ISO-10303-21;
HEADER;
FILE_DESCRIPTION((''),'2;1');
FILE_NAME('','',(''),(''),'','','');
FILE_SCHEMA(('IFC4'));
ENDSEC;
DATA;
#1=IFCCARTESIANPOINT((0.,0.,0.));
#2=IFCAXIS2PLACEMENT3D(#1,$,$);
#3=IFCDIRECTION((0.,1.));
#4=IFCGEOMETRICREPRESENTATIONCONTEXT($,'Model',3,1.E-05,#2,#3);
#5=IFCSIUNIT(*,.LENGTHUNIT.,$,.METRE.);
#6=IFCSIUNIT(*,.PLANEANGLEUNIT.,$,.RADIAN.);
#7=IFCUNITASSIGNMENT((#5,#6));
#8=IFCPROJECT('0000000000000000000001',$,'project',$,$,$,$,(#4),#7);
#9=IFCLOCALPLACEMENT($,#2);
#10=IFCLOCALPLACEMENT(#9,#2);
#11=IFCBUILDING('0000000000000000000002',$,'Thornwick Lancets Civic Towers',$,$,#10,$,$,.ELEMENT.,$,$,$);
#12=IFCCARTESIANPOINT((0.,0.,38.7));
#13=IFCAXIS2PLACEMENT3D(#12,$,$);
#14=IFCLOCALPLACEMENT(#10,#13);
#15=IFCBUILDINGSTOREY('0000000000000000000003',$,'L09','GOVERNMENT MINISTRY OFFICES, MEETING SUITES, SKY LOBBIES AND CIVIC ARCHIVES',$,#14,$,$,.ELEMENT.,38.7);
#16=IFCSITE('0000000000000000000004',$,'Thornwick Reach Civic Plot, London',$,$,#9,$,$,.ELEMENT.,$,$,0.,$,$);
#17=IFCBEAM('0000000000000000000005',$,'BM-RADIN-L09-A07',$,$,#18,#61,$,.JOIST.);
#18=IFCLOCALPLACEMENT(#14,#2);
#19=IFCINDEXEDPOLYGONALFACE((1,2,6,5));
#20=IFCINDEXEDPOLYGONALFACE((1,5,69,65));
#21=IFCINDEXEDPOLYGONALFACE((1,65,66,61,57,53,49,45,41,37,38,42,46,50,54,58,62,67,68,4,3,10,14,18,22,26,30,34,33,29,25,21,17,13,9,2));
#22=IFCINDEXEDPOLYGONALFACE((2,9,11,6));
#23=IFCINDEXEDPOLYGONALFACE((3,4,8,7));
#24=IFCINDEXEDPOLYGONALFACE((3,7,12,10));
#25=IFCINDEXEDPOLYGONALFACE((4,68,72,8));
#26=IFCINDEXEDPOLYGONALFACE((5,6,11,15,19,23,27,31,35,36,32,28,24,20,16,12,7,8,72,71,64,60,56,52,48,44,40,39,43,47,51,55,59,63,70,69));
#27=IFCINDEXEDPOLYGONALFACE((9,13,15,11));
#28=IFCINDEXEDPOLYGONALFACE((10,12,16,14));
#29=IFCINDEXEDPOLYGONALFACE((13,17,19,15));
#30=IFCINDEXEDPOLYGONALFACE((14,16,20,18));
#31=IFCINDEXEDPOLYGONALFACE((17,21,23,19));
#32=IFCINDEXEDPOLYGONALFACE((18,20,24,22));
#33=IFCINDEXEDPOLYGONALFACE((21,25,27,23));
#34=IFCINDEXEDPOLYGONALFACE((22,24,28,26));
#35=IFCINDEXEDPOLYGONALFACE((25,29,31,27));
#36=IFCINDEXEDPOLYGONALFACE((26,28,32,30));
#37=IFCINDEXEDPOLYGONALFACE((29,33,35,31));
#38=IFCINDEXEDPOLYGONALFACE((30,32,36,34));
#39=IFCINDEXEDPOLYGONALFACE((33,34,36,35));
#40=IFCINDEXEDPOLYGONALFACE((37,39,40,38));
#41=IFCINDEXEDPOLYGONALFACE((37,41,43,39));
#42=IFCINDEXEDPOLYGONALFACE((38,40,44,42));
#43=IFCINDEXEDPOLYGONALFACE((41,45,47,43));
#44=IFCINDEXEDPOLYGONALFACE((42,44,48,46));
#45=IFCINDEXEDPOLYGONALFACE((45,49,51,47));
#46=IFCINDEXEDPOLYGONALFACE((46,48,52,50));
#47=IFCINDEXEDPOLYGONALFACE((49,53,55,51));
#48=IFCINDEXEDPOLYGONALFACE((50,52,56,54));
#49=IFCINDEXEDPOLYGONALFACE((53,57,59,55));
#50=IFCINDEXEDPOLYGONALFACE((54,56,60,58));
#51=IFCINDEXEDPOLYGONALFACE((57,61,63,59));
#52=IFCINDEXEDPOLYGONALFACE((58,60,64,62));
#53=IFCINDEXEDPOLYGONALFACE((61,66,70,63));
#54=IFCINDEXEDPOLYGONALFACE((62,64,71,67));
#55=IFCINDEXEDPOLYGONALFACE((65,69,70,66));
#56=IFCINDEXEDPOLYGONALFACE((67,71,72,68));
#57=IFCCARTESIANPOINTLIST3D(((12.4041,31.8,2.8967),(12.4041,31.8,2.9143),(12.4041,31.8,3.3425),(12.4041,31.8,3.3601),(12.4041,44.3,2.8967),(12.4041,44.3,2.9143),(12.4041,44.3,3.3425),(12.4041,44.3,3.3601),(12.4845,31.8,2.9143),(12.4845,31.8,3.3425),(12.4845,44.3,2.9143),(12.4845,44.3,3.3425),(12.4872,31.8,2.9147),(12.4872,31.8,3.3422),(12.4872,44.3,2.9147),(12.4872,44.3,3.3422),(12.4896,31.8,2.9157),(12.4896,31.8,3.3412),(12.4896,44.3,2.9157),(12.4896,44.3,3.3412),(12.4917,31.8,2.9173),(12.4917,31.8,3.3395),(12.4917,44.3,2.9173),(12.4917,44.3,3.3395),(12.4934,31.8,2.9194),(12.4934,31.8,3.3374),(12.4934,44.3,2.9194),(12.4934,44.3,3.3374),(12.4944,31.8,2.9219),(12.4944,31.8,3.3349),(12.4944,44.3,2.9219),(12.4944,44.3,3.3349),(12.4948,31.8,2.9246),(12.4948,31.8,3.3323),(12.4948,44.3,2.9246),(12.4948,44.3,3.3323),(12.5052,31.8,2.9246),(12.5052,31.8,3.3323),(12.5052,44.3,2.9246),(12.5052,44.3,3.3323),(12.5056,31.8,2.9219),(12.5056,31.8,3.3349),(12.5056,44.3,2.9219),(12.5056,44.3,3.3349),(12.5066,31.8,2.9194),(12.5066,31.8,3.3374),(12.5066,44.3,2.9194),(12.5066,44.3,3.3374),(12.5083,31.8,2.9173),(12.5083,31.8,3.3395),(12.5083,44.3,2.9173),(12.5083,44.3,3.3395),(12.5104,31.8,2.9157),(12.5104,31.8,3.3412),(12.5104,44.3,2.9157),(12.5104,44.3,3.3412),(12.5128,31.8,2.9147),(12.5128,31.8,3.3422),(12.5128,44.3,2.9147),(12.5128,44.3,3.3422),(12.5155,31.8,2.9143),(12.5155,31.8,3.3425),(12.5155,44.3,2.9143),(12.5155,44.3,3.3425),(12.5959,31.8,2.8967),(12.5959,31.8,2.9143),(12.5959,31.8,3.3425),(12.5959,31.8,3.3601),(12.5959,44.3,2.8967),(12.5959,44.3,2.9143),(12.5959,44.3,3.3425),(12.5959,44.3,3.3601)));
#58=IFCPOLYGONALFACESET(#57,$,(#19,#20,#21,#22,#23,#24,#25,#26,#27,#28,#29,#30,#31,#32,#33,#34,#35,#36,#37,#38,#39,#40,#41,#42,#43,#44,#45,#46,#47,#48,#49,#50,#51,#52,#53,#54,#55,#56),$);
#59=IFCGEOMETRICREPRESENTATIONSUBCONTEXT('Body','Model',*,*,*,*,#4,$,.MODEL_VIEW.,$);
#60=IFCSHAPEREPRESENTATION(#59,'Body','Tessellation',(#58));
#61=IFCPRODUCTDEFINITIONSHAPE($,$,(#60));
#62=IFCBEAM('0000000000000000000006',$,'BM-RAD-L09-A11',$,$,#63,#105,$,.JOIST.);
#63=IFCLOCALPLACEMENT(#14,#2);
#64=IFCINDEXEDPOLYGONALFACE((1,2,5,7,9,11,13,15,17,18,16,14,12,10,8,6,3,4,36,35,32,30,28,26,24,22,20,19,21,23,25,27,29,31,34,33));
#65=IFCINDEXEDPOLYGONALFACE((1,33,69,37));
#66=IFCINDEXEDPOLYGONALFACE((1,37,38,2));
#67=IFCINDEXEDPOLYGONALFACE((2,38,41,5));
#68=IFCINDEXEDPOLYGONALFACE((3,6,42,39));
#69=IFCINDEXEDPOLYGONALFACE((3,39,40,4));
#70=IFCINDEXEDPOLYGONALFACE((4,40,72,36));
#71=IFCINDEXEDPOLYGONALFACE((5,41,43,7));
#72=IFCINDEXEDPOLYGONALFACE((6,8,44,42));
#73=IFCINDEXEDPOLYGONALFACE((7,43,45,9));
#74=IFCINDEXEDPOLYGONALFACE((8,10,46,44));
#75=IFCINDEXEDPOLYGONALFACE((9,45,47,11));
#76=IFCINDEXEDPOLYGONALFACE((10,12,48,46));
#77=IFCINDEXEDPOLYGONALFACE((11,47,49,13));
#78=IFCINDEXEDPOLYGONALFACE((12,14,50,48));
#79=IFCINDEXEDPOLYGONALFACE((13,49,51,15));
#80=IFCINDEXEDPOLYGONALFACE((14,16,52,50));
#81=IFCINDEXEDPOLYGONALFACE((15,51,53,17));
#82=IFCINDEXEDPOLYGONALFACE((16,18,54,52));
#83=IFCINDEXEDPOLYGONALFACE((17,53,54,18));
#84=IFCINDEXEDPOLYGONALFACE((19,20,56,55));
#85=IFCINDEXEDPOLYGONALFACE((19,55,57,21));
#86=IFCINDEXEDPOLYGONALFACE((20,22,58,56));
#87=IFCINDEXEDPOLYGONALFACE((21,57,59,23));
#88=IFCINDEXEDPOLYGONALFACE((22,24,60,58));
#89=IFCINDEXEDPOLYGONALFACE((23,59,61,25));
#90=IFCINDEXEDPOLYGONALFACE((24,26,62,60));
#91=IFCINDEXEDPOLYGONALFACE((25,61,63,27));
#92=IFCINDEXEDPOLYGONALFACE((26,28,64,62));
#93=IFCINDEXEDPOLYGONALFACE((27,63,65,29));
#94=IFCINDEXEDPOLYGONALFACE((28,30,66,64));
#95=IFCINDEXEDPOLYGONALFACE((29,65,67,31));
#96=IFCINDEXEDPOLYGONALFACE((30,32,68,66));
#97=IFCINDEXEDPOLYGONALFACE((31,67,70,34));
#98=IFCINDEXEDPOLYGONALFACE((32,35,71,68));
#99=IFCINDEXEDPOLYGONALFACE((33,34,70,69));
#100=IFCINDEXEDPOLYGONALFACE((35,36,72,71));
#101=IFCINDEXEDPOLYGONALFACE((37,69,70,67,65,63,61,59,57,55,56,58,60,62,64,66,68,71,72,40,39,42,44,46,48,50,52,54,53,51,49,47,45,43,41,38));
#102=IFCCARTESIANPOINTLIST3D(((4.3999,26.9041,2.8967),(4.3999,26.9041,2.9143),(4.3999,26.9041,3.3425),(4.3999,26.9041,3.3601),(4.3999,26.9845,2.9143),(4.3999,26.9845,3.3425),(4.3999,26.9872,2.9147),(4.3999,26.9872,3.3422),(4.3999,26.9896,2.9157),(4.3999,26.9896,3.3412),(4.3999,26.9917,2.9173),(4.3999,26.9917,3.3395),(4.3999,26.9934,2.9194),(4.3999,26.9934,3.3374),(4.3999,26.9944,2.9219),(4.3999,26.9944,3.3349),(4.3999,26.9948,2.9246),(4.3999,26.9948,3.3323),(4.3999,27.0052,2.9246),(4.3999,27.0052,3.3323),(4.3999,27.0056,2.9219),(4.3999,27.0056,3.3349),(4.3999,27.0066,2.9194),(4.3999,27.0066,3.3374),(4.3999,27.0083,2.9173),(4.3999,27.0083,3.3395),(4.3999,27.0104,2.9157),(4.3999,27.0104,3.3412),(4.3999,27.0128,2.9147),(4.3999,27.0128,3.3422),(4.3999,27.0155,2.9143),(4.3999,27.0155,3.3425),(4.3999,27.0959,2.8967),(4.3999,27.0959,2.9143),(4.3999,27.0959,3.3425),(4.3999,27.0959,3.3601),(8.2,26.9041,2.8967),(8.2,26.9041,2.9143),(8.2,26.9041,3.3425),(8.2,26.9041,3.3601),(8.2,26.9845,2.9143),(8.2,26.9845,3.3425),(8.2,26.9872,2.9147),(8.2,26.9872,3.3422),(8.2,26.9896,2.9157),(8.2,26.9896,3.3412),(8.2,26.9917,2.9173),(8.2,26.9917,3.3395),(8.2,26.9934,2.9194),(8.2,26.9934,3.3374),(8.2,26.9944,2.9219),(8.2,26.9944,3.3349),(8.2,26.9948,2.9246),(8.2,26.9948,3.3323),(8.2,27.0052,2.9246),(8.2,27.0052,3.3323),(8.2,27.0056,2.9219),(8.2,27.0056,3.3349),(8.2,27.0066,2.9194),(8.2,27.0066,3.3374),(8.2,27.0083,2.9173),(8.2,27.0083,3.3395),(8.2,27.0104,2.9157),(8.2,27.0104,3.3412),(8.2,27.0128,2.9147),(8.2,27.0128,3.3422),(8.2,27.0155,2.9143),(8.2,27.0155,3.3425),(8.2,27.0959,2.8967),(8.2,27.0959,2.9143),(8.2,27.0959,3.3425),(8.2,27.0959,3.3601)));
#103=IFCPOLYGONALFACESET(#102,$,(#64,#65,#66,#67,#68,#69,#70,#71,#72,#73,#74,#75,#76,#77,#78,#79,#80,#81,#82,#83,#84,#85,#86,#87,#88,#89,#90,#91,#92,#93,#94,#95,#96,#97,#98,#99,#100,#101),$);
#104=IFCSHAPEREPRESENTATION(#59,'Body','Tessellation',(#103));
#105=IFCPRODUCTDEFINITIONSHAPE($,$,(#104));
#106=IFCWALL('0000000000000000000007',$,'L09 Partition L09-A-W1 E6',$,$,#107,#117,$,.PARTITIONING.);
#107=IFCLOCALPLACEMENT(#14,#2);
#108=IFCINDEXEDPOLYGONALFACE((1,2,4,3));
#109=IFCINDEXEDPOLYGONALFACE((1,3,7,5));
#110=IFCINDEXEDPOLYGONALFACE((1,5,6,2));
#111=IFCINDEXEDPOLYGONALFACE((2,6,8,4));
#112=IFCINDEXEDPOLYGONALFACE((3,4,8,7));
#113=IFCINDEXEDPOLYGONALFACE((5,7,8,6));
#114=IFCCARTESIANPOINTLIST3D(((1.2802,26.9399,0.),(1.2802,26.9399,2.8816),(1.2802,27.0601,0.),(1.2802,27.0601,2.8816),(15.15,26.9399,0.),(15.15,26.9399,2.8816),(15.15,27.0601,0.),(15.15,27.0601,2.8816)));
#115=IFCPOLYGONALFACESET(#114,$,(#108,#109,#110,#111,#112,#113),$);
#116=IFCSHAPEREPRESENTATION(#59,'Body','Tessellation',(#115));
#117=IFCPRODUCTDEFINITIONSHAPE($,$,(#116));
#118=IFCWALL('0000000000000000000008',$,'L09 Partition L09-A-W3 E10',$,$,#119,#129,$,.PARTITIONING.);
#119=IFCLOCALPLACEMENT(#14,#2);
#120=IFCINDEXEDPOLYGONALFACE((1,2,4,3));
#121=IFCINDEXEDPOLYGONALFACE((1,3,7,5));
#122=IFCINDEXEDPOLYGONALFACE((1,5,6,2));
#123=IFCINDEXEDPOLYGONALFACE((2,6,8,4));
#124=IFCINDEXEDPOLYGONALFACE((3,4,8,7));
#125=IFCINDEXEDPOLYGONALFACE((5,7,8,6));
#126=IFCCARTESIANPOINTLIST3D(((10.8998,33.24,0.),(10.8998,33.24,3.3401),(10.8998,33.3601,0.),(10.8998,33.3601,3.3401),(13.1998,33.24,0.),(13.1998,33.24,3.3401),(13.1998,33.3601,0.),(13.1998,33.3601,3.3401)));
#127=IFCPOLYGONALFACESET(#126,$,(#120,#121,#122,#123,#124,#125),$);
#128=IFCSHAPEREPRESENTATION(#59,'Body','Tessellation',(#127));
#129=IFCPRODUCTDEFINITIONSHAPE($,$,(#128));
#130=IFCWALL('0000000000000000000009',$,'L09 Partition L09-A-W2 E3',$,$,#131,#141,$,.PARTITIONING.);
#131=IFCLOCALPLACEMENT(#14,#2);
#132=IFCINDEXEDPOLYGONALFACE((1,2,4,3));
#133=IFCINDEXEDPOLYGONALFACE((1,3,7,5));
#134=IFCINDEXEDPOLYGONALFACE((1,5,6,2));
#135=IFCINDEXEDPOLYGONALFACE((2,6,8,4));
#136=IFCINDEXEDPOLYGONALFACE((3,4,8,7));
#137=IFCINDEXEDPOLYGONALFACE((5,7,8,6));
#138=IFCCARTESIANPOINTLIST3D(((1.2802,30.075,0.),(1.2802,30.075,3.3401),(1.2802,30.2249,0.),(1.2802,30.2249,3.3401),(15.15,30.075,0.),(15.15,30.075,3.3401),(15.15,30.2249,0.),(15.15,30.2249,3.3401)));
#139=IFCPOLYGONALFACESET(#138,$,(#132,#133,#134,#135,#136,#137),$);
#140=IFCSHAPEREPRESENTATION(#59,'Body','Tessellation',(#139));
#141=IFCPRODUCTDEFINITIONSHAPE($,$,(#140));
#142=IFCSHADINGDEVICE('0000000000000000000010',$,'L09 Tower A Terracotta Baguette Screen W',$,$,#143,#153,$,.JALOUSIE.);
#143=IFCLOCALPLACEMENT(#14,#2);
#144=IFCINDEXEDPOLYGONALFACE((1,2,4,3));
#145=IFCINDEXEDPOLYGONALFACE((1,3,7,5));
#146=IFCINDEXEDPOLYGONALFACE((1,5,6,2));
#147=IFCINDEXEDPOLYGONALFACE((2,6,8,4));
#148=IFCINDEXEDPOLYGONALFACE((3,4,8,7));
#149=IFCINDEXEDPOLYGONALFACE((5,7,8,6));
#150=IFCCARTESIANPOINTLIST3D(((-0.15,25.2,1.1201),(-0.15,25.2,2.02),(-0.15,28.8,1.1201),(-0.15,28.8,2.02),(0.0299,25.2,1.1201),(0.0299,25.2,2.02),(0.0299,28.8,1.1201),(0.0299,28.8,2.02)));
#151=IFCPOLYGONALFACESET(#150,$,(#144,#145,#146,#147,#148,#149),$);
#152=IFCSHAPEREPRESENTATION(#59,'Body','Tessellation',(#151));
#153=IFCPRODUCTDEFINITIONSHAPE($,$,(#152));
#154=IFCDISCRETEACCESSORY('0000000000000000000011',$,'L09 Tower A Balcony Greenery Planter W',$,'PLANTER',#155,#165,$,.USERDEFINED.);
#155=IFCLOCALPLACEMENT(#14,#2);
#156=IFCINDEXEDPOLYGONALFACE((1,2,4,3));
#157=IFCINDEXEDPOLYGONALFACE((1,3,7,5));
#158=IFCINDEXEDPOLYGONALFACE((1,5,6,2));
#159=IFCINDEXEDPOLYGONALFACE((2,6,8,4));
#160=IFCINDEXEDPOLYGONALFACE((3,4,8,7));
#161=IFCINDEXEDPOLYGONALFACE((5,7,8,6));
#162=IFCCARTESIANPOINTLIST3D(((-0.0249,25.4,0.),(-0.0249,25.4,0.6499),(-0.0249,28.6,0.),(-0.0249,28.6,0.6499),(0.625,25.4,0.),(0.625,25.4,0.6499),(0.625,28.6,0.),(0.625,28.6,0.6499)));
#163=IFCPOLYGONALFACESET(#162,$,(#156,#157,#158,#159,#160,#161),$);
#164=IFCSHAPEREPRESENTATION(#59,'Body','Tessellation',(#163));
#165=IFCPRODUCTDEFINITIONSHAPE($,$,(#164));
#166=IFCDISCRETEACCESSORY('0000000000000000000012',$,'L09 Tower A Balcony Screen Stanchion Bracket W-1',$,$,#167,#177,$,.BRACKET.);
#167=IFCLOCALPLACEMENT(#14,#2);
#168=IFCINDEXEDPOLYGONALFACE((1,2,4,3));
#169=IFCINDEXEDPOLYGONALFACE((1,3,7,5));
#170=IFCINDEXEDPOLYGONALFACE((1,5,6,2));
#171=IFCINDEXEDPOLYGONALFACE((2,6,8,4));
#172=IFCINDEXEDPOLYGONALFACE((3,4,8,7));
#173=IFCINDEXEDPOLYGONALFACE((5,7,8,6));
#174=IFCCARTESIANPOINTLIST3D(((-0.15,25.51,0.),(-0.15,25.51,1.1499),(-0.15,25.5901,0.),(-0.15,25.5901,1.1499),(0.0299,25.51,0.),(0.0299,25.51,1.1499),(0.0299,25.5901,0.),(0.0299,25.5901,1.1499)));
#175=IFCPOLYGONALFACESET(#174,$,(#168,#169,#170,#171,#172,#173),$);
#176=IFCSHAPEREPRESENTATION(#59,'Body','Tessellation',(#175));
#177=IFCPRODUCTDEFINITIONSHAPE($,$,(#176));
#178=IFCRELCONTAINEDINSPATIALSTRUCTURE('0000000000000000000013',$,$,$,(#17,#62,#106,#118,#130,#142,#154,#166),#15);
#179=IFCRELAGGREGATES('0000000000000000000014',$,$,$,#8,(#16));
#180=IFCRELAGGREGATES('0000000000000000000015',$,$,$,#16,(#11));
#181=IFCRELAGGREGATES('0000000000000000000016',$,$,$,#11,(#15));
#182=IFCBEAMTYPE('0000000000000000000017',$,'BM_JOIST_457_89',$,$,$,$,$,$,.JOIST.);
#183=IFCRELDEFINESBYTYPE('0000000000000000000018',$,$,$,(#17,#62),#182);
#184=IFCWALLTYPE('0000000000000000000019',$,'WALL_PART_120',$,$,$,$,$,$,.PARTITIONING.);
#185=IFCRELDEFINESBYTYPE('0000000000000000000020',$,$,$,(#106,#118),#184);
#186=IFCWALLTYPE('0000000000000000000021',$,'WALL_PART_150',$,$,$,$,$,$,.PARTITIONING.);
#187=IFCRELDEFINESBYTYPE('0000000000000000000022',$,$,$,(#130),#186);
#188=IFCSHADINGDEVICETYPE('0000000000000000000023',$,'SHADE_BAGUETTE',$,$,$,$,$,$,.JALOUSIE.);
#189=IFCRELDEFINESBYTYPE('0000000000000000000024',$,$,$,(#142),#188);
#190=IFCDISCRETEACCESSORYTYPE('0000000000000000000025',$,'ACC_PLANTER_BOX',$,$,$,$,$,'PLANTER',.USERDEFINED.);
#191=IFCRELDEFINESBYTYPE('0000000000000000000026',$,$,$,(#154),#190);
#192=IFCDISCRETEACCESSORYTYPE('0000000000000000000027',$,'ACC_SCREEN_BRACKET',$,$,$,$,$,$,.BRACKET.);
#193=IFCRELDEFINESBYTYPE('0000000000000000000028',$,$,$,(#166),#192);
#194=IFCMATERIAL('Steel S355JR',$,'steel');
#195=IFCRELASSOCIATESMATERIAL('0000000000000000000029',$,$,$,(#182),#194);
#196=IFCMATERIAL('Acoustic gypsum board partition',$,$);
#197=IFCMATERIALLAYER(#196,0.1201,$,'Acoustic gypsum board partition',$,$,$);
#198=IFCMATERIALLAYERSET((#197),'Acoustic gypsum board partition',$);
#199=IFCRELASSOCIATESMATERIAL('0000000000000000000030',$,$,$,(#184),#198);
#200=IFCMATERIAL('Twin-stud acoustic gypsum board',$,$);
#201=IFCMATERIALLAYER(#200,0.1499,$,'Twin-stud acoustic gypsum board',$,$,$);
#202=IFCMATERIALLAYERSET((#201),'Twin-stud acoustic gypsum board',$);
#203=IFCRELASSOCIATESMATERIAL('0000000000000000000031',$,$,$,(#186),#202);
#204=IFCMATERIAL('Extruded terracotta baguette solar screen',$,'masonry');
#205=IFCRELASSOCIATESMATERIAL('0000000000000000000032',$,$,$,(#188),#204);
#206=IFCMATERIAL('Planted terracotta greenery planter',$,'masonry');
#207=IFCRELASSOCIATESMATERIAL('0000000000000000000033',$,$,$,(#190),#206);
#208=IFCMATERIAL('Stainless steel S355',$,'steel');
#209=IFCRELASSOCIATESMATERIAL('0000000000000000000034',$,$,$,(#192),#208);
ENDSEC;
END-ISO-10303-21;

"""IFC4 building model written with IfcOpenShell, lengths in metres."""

from ifc_helpers import new_model, si_unit, direction, frame, frame_2d, origin, origin_2d, place, context, subcontext, project, spatial, rectangle, i_section, extrude, material, layer, layer_set, material_profile, profile_set, type_object, element, save


model = new_model("IFC4")

# Units and contexts
model_context = context("Model", 3, precision=1e-05, world=origin(), true_north=direction((0.0, 1.0)))
body_context = subcontext(model_context, "Body", "Model", "MODEL_VIEW")
ifc_project = project(units=[si_unit("LENGTHUNIT", "METRE"), si_unit("PLANEANGLEUNIT", "RADIAN")], contexts=[model_context])

# Site, building, storey
site_placement = place(None, origin())
site = spatial("IfcSite", under=ifc_project, at=site_placement, Name="Thornwick Reach Civic Plot, London", CompositionType="ELEMENT", RefElevation=0.0)
building_placement = place(site_placement, origin())
building = spatial("IfcBuilding", under=site, at=building_placement, Name="Thornwick Lancets Civic Towers", CompositionType="ELEMENT")
storey_placement = place(building_placement, frame((0.0, 0.0, 38.7)))
storey = spatial("IfcBuildingStorey", under=building, at=storey_placement, Name="L09", Description="GOVERNMENT MINISTRY OFFICES, MEETING SUITES, SKY LOBBIES AND CIVIC ARCHIVES", CompositionType="ELEMENT", Elevation=38.7)

# Beams
ifc_material_1 = material(Name="Steel S355JR", Category="steel")
ifc_material_profile_1 = material_profile(ifc_material_1, i_section(OverallWidth=0.1919, OverallDepth=0.4634, WebThickness=0.0105, FlangeThickness=0.0176, FilletRadius=0.0103, at=origin_2d()), Name="UKB 457x191x89")
ifc_profile_set_1 = profile_set([ifc_material_profile_1], Name="Steel S355JR")
beam_type_1 = type_object("IfcBeamType", Name="BM_JOIST_457_89", PredefinedType="JOIST", material=ifc_profile_set_1)
beam_1_placement = place(storey_placement, frame((12.5, 31.8, 3.1284), z_axis=(0.0, 1.0, 0.0), x_axis=(-1.0, 0.0, 0.0)))
element("IfcBeam", 1, at=beam_1_placement, inside=storey, type_object=beam_type_1, Name="BM-RADIN-L09-A07", PredefinedType="JOIST", context=body_context, shape_type="SweptSolid", body=[
    extrude(i_section(OverallWidth=0.1919, OverallDepth=0.4634, WebThickness=0.0105, FlangeThickness=0.0176, FilletRadius=0.0103, at=origin_2d()), origin(), (0.0, 0.0, 1.0), 12.5),
])
beam_2_placement = place(storey_placement, frame((8.2, 27.0, 3.1284), z_axis=(-1.0, 0.0, 0.0), x_axis=(0.0, -1.0, 0.0)))
element("IfcBeam", 2, at=beam_2_placement, inside=storey, type_object=beam_type_1, Name="BM-RAD-L09-A11", PredefinedType="JOIST", context=body_context, shape_type="SweptSolid", body=[
    extrude(i_section(OverallWidth=0.1919, OverallDepth=0.4634, WebThickness=0.0105, FlangeThickness=0.0176, FilletRadius=0.0103, at=origin_2d()), origin(), (0.0, 0.0, 1.0), 3.8),
])

# Walls
ifc_material_2 = material(Name="Acoustic gypsum board partition")
ifc_layer_1 = layer(ifc_material_2, 0.1201, Name="Acoustic gypsum board partition")
ifc_layer_set_1 = layer_set([ifc_layer_1], Name="Acoustic gypsum board partition")
wall_type_1 = type_object("IfcWallType", Name="WALL_PART_120", PredefinedType="PARTITIONING", material=ifc_layer_set_1)
wall_1_placement = place(storey_placement, frame((1.28, 27.0, 0.0), z_axis=(0.0, 0.0, 1.0), x_axis=(1.0, 0.0, 0.0)))
element("IfcWall", 3, at=wall_1_placement, inside=storey, type_object=wall_type_1, Name="L09 Partition L09-A-W1 E6", PredefinedType="PARTITIONING", context=body_context, shape_type="SweptSolid", body=[
    extrude(rectangle(XDim=13.8699, YDim=0.1201, at=frame_2d((6.9351, 0.0))), origin(), (0.0, 0.0, 1.0), 2.8816),
])
wall_2_placement = place(storey_placement, frame((10.8999, 33.3, 0.0), z_axis=(0.0, 0.0, 1.0), x_axis=(1.0, 0.0, 0.0)))
element("IfcWall", 4, at=wall_2_placement, inside=storey, type_object=wall_type_1, Name="L09 Partition L09-A-W3 E10", PredefinedType="PARTITIONING", context=body_context, shape_type="SweptSolid", body=[
    extrude(rectangle(XDim=2.3, YDim=0.1201, at=frame_2d((1.1499, 0.0))), origin(), (0.0, 0.0, 1.0), 3.3401),
])
ifc_material_3 = material(Name="Twin-stud acoustic gypsum board")
ifc_layer_2 = layer(ifc_material_3, 0.1499, Name="Twin-stud acoustic gypsum board")
ifc_layer_set_2 = layer_set([ifc_layer_2], Name="Twin-stud acoustic gypsum board")
wall_type_2 = type_object("IfcWallType", Name="WALL_PART_150", PredefinedType="PARTITIONING", material=ifc_layer_set_2)
wall_3_placement = place(storey_placement, frame((1.28, 30.1499, 0.0), z_axis=(0.0, 0.0, 1.0), x_axis=(1.0, 0.0, 0.0)))
element("IfcWall", 5, at=wall_3_placement, inside=storey, type_object=wall_type_2, Name="L09 Partition L09-A-W2 E3", PredefinedType="PARTITIONING", context=body_context, shape_type="SweptSolid", body=[
    extrude(rectangle(XDim=13.8699, YDim=0.1499, at=frame_2d((6.9351, 0.0))), origin(), (0.0, 0.0, 1.0), 3.3401),
])

# Shading device
ifc_material_4 = material(Name="Extruded terracotta baguette solar screen", Category="masonry")
shading_device_type = type_object("IfcShadingDeviceType", Name="SHADE_BAGUETTE", PredefinedType="JALOUSIE", material=ifc_material_4)
shading_device_placement = place(storey_placement, frame((-0.0601, 27.0, 1.1201), z_axis=(0.0, 0.0, 1.0), x_axis=(0.0, 1.0, 0.0)))
element("IfcShadingDevice", 6, at=shading_device_placement, inside=storey, type_object=shading_device_type, Name="L09 Tower A Terracotta Baguette Screen W", PredefinedType="JALOUSIE", context=body_context, shape_type="SweptSolid", body=[
    extrude(rectangle(XDim=3.6001, YDim=0.1799, at=origin_2d()), origin(), (0.0, 0.0, 1.0), 0.8999),
])

# Discrete accessories
ifc_material_5 = material(Name="Planted terracotta greenery planter", Category="masonry")
discrete_accessory_type_1 = type_object("IfcDiscreteAccessoryType", Name="ACC_PLANTER_BOX", ElementType="PLANTER", PredefinedType="USERDEFINED", material=ifc_material_5)
discrete_accessory_1_placement = place(storey_placement, frame((0.3, 27.0, 0.0), z_axis=(0.0, 0.0, 1.0), x_axis=(1.0, 0.0, 0.0)))
element("IfcDiscreteAccessory", 7, at=discrete_accessory_1_placement, inside=storey, type_object=discrete_accessory_type_1, Name="L09 Tower A Balcony Greenery Planter W", ObjectType="PLANTER", PredefinedType="USERDEFINED", context=body_context, shape_type="SweptSolid", body=[
    extrude(rectangle(XDim=0.6499, YDim=3.2, at=origin_2d()), origin(), (0.0, 0.0, 1.0), 0.6499),
])
ifc_material_6 = material(Name="Stainless steel S355", Category="steel")
discrete_accessory_type_2 = type_object("IfcDiscreteAccessoryType", Name="ACC_SCREEN_BRACKET", PredefinedType="BRACKET", material=ifc_material_6)
discrete_accessory_2_placement = place(storey_placement, frame((-0.0601, 25.55, 0.0), z_axis=(0.0, 0.0, 1.0), x_axis=(0.0, 1.0, 0.0)))
element("IfcDiscreteAccessory", 8, at=discrete_accessory_2_placement, inside=storey, type_object=discrete_accessory_type_2, Name="L09 Tower A Balcony Screen Stanchion Bracket W-1", PredefinedType="BRACKET", context=body_context, shape_type="SweptSolid", body=[
    extrude(rectangle(XDim=0.0801, YDim=0.1799, at=origin_2d()), origin(), (0.0, 0.0, 1.0), 1.1499),
])

save(model, "model.ifc")
